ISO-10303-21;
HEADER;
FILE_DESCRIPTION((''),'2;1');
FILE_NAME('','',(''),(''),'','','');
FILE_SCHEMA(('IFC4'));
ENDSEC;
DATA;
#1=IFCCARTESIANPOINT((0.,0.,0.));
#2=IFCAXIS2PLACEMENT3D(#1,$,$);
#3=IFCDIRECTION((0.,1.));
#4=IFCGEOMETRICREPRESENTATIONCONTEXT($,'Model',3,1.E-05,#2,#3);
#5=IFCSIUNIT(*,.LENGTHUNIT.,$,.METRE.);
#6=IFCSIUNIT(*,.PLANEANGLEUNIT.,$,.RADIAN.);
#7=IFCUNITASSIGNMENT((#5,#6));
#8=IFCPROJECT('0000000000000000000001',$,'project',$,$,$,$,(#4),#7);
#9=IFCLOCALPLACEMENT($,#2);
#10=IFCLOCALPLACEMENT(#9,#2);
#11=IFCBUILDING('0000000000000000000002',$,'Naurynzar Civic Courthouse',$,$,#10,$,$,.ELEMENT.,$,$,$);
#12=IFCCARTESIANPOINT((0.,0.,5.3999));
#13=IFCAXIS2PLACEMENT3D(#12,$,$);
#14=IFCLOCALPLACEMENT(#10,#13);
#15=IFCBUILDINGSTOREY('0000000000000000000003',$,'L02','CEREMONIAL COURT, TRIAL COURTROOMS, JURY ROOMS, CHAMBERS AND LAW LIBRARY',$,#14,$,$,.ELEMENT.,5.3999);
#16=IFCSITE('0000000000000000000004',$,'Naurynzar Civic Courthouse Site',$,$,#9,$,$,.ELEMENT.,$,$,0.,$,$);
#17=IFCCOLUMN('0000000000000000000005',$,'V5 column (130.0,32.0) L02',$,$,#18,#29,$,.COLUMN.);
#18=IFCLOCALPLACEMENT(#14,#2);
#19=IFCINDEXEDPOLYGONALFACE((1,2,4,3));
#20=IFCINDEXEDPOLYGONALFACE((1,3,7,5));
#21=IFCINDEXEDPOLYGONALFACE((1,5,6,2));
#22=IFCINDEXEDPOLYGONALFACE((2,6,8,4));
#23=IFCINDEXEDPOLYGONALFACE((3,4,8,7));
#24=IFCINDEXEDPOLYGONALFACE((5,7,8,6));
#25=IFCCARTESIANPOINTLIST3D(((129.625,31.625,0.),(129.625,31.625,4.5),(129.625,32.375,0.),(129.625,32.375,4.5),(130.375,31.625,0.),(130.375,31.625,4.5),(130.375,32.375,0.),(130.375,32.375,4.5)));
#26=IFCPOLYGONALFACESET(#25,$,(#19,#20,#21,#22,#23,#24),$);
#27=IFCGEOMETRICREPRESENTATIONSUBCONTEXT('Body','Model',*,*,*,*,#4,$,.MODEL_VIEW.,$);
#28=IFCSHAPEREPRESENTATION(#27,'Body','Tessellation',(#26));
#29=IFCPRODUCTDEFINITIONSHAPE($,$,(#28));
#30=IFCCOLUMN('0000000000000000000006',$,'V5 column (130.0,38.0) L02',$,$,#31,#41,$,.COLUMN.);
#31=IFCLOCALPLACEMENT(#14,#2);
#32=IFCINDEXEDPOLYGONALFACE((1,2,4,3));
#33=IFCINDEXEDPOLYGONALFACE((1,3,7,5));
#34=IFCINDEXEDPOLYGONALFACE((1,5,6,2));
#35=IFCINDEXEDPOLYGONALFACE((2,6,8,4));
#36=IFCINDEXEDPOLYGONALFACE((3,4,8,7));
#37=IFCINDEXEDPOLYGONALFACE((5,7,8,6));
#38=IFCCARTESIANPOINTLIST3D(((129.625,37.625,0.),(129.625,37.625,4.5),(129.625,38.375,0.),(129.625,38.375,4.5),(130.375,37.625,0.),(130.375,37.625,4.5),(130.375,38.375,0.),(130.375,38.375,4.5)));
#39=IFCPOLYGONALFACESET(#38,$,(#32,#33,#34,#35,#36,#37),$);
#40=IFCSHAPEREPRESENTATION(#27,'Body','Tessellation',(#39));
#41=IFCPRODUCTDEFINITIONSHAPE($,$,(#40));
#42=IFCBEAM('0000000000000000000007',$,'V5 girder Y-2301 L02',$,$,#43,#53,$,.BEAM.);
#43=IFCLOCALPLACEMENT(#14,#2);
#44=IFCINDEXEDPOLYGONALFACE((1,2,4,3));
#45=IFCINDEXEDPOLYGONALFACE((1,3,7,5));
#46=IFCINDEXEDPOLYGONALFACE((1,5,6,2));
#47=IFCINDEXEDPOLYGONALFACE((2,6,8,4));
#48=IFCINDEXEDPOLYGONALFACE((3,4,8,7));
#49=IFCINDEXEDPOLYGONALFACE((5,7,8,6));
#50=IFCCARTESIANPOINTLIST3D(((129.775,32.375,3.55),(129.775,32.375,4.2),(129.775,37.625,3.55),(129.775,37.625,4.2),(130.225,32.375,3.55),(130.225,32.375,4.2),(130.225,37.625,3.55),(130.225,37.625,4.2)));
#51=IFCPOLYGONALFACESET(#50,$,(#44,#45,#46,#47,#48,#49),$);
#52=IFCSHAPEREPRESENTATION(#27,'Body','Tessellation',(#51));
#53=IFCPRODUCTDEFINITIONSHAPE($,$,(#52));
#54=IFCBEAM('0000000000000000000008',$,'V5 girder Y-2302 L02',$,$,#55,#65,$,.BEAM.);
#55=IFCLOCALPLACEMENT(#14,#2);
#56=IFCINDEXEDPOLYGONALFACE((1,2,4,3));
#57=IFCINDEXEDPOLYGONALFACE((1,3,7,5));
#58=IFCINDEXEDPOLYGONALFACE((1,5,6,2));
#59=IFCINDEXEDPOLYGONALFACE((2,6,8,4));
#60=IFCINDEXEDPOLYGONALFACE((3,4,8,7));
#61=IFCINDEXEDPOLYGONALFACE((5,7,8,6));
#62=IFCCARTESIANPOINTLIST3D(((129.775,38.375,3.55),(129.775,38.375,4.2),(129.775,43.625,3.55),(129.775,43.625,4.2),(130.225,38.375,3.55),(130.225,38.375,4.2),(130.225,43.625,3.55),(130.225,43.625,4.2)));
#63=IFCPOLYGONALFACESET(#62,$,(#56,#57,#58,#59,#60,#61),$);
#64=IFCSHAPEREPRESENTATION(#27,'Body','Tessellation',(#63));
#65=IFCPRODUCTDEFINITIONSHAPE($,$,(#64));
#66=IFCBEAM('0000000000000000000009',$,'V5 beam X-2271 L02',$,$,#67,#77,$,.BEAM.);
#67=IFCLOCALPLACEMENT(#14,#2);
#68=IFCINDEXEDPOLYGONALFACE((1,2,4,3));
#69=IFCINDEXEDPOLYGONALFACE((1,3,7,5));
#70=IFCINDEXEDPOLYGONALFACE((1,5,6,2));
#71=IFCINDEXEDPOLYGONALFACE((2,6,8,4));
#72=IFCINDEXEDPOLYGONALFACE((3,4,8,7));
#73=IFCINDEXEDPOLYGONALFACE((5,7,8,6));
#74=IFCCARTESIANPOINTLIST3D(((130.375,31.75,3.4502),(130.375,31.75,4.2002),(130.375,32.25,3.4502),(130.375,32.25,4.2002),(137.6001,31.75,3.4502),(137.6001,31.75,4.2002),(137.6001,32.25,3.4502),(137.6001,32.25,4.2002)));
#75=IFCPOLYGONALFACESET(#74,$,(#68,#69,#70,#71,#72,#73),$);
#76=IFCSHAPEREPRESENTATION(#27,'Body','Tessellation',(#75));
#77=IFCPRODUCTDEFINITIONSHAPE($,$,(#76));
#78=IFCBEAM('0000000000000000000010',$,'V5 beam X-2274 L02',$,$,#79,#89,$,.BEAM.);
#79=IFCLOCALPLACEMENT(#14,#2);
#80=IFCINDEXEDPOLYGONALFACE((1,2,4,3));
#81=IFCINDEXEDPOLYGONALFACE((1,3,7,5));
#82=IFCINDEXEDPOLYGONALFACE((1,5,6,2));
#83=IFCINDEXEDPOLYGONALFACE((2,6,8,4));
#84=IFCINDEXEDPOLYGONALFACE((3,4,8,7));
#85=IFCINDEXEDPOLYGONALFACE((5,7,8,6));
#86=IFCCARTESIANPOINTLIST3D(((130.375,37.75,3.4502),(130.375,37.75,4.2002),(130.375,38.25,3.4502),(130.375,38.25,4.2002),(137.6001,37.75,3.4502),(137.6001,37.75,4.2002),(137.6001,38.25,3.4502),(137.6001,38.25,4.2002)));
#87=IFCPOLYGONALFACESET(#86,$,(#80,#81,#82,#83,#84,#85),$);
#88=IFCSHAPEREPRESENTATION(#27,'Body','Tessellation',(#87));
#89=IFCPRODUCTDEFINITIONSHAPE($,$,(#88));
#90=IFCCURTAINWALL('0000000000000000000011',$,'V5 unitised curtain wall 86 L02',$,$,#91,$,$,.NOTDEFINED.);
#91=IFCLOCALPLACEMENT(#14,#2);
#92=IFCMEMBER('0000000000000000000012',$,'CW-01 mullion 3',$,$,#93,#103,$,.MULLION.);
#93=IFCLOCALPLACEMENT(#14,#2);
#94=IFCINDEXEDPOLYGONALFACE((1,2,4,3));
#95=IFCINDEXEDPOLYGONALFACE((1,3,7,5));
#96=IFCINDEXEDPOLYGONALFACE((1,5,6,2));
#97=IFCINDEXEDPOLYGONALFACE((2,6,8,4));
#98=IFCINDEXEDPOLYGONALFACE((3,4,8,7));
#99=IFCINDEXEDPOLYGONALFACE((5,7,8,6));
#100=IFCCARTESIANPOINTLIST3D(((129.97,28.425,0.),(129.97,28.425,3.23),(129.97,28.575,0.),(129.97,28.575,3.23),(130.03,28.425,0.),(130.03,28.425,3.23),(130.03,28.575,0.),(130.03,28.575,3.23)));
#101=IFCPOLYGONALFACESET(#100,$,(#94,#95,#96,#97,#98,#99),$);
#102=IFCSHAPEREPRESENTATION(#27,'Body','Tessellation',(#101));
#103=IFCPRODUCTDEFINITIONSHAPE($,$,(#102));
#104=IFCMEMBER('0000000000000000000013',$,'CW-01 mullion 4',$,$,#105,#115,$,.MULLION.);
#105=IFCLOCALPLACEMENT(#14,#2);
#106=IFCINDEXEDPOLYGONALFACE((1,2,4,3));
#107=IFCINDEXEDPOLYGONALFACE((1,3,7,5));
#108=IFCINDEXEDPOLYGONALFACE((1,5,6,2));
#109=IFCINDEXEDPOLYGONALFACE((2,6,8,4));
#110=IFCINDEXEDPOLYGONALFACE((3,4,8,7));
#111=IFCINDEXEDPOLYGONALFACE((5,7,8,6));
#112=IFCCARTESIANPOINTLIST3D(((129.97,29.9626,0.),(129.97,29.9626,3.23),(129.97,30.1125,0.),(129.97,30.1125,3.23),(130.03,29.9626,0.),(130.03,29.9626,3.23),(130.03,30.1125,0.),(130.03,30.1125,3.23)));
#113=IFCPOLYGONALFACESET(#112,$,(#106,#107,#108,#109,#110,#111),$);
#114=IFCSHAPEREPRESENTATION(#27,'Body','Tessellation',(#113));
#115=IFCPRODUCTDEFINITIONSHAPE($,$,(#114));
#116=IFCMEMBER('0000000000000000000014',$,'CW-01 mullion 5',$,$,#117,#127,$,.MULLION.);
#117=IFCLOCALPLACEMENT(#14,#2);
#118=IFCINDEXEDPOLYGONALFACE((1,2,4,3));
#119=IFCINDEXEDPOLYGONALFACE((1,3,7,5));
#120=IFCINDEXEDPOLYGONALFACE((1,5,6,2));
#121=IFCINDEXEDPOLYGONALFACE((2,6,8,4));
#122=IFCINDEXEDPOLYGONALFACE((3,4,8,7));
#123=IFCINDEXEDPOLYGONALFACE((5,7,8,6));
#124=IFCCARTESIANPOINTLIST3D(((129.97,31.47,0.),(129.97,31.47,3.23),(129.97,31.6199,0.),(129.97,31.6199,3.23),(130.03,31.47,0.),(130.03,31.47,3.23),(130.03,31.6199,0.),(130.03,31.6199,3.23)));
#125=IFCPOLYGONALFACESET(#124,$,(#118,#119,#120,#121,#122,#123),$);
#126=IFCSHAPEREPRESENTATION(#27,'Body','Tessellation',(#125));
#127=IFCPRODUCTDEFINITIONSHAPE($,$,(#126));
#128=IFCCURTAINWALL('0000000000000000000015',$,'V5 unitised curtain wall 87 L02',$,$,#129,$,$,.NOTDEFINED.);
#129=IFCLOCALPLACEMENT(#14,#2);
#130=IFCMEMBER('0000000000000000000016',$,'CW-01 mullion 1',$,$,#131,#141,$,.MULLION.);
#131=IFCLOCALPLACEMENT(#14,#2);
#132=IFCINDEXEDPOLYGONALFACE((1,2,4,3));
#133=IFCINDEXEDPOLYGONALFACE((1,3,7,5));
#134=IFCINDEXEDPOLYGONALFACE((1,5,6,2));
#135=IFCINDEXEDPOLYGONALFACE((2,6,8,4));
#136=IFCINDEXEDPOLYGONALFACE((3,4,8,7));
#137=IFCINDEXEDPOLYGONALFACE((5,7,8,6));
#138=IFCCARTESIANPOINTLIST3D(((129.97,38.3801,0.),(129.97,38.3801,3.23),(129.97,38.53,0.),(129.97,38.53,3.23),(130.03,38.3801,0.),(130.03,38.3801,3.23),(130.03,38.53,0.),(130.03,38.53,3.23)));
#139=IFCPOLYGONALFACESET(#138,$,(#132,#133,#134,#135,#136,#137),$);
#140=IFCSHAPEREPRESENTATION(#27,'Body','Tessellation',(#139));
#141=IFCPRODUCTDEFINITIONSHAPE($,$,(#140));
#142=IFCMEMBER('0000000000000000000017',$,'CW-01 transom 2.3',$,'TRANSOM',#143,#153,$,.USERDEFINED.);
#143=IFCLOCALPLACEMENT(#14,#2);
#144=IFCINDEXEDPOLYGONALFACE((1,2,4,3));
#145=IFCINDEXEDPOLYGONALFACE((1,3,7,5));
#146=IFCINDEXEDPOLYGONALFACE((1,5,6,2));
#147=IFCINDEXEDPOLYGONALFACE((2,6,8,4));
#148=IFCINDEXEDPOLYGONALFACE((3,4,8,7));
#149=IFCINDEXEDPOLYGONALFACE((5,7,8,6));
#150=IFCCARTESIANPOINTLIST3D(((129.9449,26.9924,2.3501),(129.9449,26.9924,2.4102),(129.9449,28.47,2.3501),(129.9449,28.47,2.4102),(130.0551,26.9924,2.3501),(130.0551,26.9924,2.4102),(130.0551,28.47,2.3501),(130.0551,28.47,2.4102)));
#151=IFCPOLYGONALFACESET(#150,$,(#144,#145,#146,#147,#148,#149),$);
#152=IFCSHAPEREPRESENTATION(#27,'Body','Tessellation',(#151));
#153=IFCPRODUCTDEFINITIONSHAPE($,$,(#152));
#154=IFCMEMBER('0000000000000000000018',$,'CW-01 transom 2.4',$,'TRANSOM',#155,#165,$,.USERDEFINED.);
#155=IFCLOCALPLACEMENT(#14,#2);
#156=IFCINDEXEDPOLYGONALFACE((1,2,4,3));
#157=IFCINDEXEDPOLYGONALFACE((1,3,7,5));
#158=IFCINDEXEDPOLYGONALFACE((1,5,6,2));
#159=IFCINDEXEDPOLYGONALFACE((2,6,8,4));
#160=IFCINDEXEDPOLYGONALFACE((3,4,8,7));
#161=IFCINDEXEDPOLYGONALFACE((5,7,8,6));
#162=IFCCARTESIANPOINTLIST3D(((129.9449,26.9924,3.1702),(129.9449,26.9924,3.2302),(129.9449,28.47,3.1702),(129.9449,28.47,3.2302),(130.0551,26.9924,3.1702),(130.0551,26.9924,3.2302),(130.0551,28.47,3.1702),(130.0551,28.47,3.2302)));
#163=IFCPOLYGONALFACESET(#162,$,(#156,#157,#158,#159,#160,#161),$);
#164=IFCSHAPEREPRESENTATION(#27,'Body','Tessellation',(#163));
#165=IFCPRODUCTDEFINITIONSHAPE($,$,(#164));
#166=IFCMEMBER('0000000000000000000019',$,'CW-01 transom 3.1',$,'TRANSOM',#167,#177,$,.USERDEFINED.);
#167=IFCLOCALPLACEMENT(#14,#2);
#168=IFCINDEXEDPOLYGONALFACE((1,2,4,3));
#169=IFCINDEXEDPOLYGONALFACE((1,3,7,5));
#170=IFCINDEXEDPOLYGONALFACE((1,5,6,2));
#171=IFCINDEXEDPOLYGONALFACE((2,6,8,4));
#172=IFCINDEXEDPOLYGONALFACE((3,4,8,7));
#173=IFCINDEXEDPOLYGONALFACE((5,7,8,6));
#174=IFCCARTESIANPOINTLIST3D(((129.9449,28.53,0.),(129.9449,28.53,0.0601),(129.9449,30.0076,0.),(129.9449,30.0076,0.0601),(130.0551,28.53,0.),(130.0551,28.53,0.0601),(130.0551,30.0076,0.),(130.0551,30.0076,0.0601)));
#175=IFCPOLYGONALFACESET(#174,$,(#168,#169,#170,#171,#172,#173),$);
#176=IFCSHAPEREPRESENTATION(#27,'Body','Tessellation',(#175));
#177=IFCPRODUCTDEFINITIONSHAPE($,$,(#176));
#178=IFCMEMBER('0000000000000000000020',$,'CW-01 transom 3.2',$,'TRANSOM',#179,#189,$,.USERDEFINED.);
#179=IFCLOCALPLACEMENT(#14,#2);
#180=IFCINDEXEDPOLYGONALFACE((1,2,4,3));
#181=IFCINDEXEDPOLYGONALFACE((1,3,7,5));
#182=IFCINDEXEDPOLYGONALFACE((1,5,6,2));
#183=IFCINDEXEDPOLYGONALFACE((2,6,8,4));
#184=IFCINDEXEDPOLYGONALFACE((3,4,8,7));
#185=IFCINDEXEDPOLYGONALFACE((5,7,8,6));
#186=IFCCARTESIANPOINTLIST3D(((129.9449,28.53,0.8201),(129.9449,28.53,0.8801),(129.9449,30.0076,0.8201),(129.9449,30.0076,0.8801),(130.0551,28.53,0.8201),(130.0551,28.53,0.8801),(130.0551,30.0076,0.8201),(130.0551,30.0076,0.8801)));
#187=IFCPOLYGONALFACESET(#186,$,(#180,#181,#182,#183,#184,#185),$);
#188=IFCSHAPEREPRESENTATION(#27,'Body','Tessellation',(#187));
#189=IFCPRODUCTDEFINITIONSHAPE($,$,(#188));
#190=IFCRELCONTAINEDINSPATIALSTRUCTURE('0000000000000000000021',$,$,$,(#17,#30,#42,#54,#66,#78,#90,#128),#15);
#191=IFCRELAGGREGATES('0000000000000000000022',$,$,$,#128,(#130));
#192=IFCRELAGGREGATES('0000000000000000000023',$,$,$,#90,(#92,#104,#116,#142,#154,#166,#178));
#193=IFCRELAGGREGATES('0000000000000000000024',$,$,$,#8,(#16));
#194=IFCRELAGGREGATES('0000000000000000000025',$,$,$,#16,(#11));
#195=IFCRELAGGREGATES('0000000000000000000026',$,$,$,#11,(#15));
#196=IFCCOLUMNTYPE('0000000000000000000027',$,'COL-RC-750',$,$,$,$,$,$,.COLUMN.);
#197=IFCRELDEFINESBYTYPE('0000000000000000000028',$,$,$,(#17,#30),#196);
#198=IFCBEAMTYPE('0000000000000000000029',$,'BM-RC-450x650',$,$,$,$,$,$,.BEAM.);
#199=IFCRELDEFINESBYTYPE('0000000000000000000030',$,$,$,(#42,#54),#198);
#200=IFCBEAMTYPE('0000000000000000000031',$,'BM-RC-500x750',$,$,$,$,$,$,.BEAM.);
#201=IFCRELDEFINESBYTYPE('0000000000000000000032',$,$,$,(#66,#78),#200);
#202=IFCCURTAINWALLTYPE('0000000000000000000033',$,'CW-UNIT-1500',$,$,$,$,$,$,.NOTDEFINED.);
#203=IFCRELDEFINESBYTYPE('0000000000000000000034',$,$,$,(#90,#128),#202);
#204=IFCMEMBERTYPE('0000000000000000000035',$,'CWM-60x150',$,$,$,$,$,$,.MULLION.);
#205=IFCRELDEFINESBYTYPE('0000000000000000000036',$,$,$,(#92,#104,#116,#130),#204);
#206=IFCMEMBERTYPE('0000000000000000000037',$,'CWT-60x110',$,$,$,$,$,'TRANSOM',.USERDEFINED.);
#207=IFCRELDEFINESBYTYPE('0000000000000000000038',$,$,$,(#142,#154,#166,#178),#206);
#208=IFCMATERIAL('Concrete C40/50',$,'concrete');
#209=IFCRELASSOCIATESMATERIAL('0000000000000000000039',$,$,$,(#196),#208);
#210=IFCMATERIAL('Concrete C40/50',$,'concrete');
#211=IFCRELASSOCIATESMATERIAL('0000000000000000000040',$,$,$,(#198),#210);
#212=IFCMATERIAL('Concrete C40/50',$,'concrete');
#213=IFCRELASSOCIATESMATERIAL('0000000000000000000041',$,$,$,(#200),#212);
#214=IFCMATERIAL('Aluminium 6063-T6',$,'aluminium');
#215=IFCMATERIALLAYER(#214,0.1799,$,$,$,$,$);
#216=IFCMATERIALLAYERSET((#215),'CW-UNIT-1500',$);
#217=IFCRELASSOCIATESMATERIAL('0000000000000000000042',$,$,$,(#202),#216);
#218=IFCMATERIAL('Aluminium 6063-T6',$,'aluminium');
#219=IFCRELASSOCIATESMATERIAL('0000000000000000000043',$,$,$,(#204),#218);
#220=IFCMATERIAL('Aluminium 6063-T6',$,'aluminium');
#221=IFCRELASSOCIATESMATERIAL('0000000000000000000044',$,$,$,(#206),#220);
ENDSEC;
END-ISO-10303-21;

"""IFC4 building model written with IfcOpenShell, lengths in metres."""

from ifc_helpers import new_model, si_unit, direction, frame, origin, origin_2d, place, context, subcontext, project, spatial, rectangle, extrude, material, layer, layer_set, material_profile, profile_set, type_object, element, aggregate, save


model = new_model("IFC4")

# Units and contexts
model_context = context("Model", 3, precision=1e-05, world=origin(), true_north=direction((0.0, 1.0)))
body_context = subcontext(model_context, "Body", "Model", "MODEL_VIEW")
ifc_project = project(units=[si_unit("LENGTHUNIT", "METRE"), si_unit("PLANEANGLEUNIT", "RADIAN")], contexts=[model_context])

# Site, building, storey
site_placement = place(None, origin())
site = spatial("IfcSite", under=ifc_project, at=site_placement, Name="Naurynzar Civic Courthouse Site", CompositionType="ELEMENT", RefElevation=0.0)
building_placement = place(site_placement, origin())
building = spatial("IfcBuilding", under=site, at=building_placement, Name="Naurynzar Civic Courthouse", CompositionType="ELEMENT")
storey_placement = place(building_placement, frame((0.0, 0.0, 5.3999)))
storey = spatial("IfcBuildingStorey", under=building, at=storey_placement, Name="L02", Description="CEREMONIAL COURT, TRIAL COURTROOMS, JURY ROOMS, CHAMBERS AND LAW LIBRARY", CompositionType="ELEMENT", Elevation=5.3999)

# Columns
ifc_material_1 = material(Name="Concrete C40/50", Category="concrete")
ifc_material_profile_1 = material_profile(ifc_material_1, rectangle(XDim=0.75, YDim=0.75, at=origin_2d()), Name="RC 750x750")
ifc_profile_set_1 = profile_set([ifc_material_profile_1], Name="Concrete C40/50")
column_type = type_object("IfcColumnType", Name="COL-RC-750", PredefinedType="COLUMN", material=ifc_profile_set_1)
for number, where, z_axis, x_axis, name in (
    (1, (130.0, 32.0, 0.0), (0.0, 0.0, 1.0), (1.0, 0.0, 0.0), "V5 column (130.0,32.0) L02"),
    (2, (130.0, 38.0, 0.0), (0.0, 0.0, 1.0), (1.0, 0.0, 0.0), "V5 column (130.0,38.0) L02"),
):
    element("IfcColumn", number, at=place(storey_placement, frame(where, z_axis=z_axis, x_axis=x_axis)), inside=storey, type_object=column_type, Name=name, PredefinedType="COLUMN", context=body_context, shape_type="SweptSolid", body=[
        extrude(rectangle(XDim=0.75, YDim=0.75, at=origin_2d()), origin(), (0.0, 0.0, 1.0), 4.5),
    ])

# Beams
ifc_material_2 = material(Name="Concrete C40/50", Category="concrete")
ifc_material_profile_2 = material_profile(ifc_material_2, rectangle(XDim=0.45, YDim=0.6499, at=origin_2d()), Name="RCB 450x650")
ifc_profile_set_2 = profile_set([ifc_material_profile_2], Name="Concrete C40/50")
beam_type_1 = type_object("IfcBeamType", Name="BM-RC-450x650", PredefinedType="BEAM", material=ifc_profile_set_2)
for number, where, z_axis, x_axis, name in (
    (3, (130.0, 32.375, 3.875), (0.0, 1.0, 0.0), (-1.0, 0.0, 0.0), "V5 girder Y-2301 L02"),
    (4, (130.0, 38.375, 3.875), (0.0, 1.0, 0.0), (-1.0, 0.0, 0.0), "V5 girder Y-2302 L02"),
):
    element("IfcBeam", number, at=place(storey_placement, frame(where, z_axis=z_axis, x_axis=x_axis)), inside=storey, type_object=beam_type_1, Name=name, PredefinedType="BEAM", context=body_context, shape_type="SweptSolid", body=[
        extrude(rectangle(XDim=0.45, YDim=0.6499, at=origin_2d()), origin(), (0.0, 0.0, 1.0), 5.25),
    ])
ifc_material_3 = material(Name="Concrete C40/50", Category="concrete")
ifc_material_profile_3 = material_profile(ifc_material_3, rectangle(XDim=0.5, YDim=0.75, at=origin_2d()), Name="RCB 500x750")
ifc_profile_set_3 = profile_set([ifc_material_profile_3], Name="Concrete C40/50")
beam_type_2 = type_object("IfcBeamType", Name="BM-RC-500x750", PredefinedType="BEAM", material=ifc_profile_set_3)
for number, where, z_axis, x_axis, name in (
    (5, (130.375, 32.0, 3.8252), (1.0, 0.0, 0.0), (0.0, 1.0, 0.0), "V5 beam X-2271 L02"),
    (6, (130.375, 38.0, 3.8252), (1.0, 0.0, 0.0), (0.0, 1.0, 0.0), "V5 beam X-2274 L02"),
):
    element("IfcBeam", number, at=place(storey_placement, frame(where, z_axis=z_axis, x_axis=x_axis)), inside=storey, type_object=beam_type_2, Name=name, PredefinedType="BEAM", context=body_context, shape_type="SweptSolid", body=[
        extrude(rectangle(XDim=0.5, YDim=0.75, at=origin_2d()), origin(), (0.0, 0.0, 1.0), 7.2251),
    ])

# Curtain wall, members
ifc_material_4 = material(Name="Aluminium 6063-T6", Category="aluminium")
ifc_layer_1 = layer(ifc_material_4, 0.1799)
ifc_layer_set_1 = layer_set([ifc_layer_1], Name="CW-UNIT-1500")
curtain_wall_type = type_object("IfcCurtainWallType", Name="CW-UNIT-1500", PredefinedType="NOTDEFINED", material=ifc_layer_set_1)
curtain_wall_1_placement = place(storey_placement, origin())
curtain_wall_1 = element("IfcCurtainWall", 7, at=curtain_wall_1_placement, inside=storey, type_object=curtain_wall_type, Name="V5 unitised curtain wall 86 L02", PredefinedType="NOTDEFINED")
ifc_material_5 = material(Name="Aluminium 6063-T6", Category="aluminium")
ifc_material_profile_4 = material_profile(ifc_material_5, rectangle(XDim=0.0601, YDim=0.1499, at=origin_2d()), Name="ALU MULLION 60x150")
ifc_profile_set_4 = profile_set([ifc_material_profile_4], Name="Aluminium 6063-T6")
member_type_1 = type_object("IfcMemberType", Name="CWM-60x150", PredefinedType="MULLION", material=ifc_profile_set_4)
member_1_placement = place(storey_placement, frame((130.0, 28.5, 0.0), z_axis=(0.0, 0.0, 1.0), x_axis=(-1.0, 0.0, 0.0)))
member_1 = element("IfcMember", 8, at=member_1_placement, type_object=member_type_1, Name="CW-01 mullion 3", PredefinedType="MULLION", context=body_context, shape_type="SweptSolid", body=[
    extrude(rectangle(XDim=0.0601, YDim=0.1499, at=origin_2d()), origin(), (0.0, 0.0, 1.0), 3.23),
])
member_2_placement = place(storey_placement, frame((130.0, 30.0376, 0.0), z_axis=(0.0, 0.0, 1.0), x_axis=(-1.0, 0.0, 0.0)))
member_2 = element("IfcMember", 9, at=member_2_placement, type_object=member_type_1, Name="CW-01 mullion 4", PredefinedType="MULLION", context=body_context, shape_type="SweptSolid", body=[
    extrude(rectangle(XDim=0.0601, YDim=0.1499, at=origin_2d()), origin(), (0.0, 0.0, 1.0), 3.23),
])
member_3_placement = place(storey_placement, frame((130.0, 31.5449, 0.0), z_axis=(0.0, 0.0, 1.0), x_axis=(-1.0, 0.0, 0.0)))
member_3 = element("IfcMember", 10, at=member_3_placement, type_object=member_type_1, Name="CW-01 mullion 5", PredefinedType="MULLION", context=body_context, shape_type="SweptSolid", body=[
    extrude(rectangle(XDim=0.0601, YDim=0.1499, at=origin_2d()), origin(), (0.0, 0.0, 1.0), 3.23),
])

# Curtain wall, member
curtain_wall_2_placement = place(storey_placement, origin())
curtain_wall_2 = element("IfcCurtainWall", 11, at=curtain_wall_2_placement, inside=storey, type_object=curtain_wall_type, Name="V5 unitised curtain wall 87 L02", PredefinedType="NOTDEFINED")
member_4_placement = place(storey_placement, frame((130.0, 38.4551, 0.0), z_axis=(0.0, 0.0, 1.0), x_axis=(-1.0, 0.0, 0.0)))
member_4 = element("IfcMember", 12, at=member_4_placement, type_object=member_type_1, Name="CW-01 mullion 1", PredefinedType="MULLION", context=body_context, shape_type="SweptSolid", body=[
    extrude(rectangle(XDim=0.0601, YDim=0.1499, at=origin_2d()), origin(), (0.0, 0.0, 1.0), 3.23),
])

# Members
ifc_material_6 = material(Name="Aluminium 6063-T6", Category="aluminium")
ifc_material_profile_5 = material_profile(ifc_material_6, rectangle(XDim=0.1101, YDim=0.0601, at=origin_2d()), Name="ALU TRANSOM 60x110")
ifc_profile_set_5 = profile_set([ifc_material_profile_5], Name="Aluminium 6063-T6")
member_type_2 = type_object("IfcMemberType", Name="CWT-60x110", ElementType="TRANSOM", PredefinedType="USERDEFINED", material=ifc_profile_set_5)
member_5_placement = place(storey_placement, frame((130.0, 26.9924, 2.3801), z_axis=(0.0, 1.0, 0.0), x_axis=(-1.0, 0.0, 0.0)))
member_5 = element("IfcMember", 13, at=member_5_placement, type_object=member_type_2, Name="CW-01 transom 2.3", ObjectType="TRANSOM", PredefinedType="USERDEFINED", context=body_context, shape_type="SweptSolid", body=[
    extrude(rectangle(XDim=0.1101, YDim=0.0601, at=origin_2d()), origin(), (0.0, 0.0, 1.0), 1.4775),
])
member_6_placement = place(storey_placement, frame((130.0, 26.9924, 3.2002), z_axis=(0.0, 1.0, 0.0), x_axis=(-1.0, 0.0, 0.0)))
member_6 = element("IfcMember", 14, at=member_6_placement, type_object=member_type_2, Name="CW-01 transom 2.4", ObjectType="TRANSOM", PredefinedType="USERDEFINED", context=body_context, shape_type="SweptSolid", body=[
    extrude(rectangle(XDim=0.1101, YDim=0.0601, at=origin_2d()), origin(), (0.0, 0.0, 1.0), 1.4775),
])
member_7_placement = place(storey_placement, frame((130.0, 28.53, 0.03), z_axis=(0.0, 1.0, 0.0), x_axis=(-1.0, 0.0, 0.0)))
member_7 = element("IfcMember", 15, at=member_7_placement, type_object=member_type_2, Name="CW-01 transom 3.1", ObjectType="TRANSOM", PredefinedType="USERDEFINED", context=body_context, shape_type="SweptSolid", body=[
    extrude(rectangle(XDim=0.1101, YDim=0.0601, at=origin_2d()), origin(), (0.0, 0.0, 1.0), 1.4775),
])
member_8_placement = place(storey_placement, frame((130.0, 28.53, 0.8501), z_axis=(0.0, 1.0, 0.0), x_axis=(-1.0, 0.0, 0.0)))
member_8 = element("IfcMember", 16, at=member_8_placement, type_object=member_type_2, Name="CW-01 transom 3.2", ObjectType="TRANSOM", PredefinedType="USERDEFINED", context=body_context, shape_type="SweptSolid", body=[
    extrude(rectangle(XDim=0.1101, YDim=0.0601, at=origin_2d()), origin(), (0.0, 0.0, 1.0), 1.4775),
])
aggregate(curtain_wall_2, [member_4])

aggregate(curtain_wall_1, [member_1, member_2, member_3, member_5, member_6, member_7, member_8])

save(model, "model.ifc")
